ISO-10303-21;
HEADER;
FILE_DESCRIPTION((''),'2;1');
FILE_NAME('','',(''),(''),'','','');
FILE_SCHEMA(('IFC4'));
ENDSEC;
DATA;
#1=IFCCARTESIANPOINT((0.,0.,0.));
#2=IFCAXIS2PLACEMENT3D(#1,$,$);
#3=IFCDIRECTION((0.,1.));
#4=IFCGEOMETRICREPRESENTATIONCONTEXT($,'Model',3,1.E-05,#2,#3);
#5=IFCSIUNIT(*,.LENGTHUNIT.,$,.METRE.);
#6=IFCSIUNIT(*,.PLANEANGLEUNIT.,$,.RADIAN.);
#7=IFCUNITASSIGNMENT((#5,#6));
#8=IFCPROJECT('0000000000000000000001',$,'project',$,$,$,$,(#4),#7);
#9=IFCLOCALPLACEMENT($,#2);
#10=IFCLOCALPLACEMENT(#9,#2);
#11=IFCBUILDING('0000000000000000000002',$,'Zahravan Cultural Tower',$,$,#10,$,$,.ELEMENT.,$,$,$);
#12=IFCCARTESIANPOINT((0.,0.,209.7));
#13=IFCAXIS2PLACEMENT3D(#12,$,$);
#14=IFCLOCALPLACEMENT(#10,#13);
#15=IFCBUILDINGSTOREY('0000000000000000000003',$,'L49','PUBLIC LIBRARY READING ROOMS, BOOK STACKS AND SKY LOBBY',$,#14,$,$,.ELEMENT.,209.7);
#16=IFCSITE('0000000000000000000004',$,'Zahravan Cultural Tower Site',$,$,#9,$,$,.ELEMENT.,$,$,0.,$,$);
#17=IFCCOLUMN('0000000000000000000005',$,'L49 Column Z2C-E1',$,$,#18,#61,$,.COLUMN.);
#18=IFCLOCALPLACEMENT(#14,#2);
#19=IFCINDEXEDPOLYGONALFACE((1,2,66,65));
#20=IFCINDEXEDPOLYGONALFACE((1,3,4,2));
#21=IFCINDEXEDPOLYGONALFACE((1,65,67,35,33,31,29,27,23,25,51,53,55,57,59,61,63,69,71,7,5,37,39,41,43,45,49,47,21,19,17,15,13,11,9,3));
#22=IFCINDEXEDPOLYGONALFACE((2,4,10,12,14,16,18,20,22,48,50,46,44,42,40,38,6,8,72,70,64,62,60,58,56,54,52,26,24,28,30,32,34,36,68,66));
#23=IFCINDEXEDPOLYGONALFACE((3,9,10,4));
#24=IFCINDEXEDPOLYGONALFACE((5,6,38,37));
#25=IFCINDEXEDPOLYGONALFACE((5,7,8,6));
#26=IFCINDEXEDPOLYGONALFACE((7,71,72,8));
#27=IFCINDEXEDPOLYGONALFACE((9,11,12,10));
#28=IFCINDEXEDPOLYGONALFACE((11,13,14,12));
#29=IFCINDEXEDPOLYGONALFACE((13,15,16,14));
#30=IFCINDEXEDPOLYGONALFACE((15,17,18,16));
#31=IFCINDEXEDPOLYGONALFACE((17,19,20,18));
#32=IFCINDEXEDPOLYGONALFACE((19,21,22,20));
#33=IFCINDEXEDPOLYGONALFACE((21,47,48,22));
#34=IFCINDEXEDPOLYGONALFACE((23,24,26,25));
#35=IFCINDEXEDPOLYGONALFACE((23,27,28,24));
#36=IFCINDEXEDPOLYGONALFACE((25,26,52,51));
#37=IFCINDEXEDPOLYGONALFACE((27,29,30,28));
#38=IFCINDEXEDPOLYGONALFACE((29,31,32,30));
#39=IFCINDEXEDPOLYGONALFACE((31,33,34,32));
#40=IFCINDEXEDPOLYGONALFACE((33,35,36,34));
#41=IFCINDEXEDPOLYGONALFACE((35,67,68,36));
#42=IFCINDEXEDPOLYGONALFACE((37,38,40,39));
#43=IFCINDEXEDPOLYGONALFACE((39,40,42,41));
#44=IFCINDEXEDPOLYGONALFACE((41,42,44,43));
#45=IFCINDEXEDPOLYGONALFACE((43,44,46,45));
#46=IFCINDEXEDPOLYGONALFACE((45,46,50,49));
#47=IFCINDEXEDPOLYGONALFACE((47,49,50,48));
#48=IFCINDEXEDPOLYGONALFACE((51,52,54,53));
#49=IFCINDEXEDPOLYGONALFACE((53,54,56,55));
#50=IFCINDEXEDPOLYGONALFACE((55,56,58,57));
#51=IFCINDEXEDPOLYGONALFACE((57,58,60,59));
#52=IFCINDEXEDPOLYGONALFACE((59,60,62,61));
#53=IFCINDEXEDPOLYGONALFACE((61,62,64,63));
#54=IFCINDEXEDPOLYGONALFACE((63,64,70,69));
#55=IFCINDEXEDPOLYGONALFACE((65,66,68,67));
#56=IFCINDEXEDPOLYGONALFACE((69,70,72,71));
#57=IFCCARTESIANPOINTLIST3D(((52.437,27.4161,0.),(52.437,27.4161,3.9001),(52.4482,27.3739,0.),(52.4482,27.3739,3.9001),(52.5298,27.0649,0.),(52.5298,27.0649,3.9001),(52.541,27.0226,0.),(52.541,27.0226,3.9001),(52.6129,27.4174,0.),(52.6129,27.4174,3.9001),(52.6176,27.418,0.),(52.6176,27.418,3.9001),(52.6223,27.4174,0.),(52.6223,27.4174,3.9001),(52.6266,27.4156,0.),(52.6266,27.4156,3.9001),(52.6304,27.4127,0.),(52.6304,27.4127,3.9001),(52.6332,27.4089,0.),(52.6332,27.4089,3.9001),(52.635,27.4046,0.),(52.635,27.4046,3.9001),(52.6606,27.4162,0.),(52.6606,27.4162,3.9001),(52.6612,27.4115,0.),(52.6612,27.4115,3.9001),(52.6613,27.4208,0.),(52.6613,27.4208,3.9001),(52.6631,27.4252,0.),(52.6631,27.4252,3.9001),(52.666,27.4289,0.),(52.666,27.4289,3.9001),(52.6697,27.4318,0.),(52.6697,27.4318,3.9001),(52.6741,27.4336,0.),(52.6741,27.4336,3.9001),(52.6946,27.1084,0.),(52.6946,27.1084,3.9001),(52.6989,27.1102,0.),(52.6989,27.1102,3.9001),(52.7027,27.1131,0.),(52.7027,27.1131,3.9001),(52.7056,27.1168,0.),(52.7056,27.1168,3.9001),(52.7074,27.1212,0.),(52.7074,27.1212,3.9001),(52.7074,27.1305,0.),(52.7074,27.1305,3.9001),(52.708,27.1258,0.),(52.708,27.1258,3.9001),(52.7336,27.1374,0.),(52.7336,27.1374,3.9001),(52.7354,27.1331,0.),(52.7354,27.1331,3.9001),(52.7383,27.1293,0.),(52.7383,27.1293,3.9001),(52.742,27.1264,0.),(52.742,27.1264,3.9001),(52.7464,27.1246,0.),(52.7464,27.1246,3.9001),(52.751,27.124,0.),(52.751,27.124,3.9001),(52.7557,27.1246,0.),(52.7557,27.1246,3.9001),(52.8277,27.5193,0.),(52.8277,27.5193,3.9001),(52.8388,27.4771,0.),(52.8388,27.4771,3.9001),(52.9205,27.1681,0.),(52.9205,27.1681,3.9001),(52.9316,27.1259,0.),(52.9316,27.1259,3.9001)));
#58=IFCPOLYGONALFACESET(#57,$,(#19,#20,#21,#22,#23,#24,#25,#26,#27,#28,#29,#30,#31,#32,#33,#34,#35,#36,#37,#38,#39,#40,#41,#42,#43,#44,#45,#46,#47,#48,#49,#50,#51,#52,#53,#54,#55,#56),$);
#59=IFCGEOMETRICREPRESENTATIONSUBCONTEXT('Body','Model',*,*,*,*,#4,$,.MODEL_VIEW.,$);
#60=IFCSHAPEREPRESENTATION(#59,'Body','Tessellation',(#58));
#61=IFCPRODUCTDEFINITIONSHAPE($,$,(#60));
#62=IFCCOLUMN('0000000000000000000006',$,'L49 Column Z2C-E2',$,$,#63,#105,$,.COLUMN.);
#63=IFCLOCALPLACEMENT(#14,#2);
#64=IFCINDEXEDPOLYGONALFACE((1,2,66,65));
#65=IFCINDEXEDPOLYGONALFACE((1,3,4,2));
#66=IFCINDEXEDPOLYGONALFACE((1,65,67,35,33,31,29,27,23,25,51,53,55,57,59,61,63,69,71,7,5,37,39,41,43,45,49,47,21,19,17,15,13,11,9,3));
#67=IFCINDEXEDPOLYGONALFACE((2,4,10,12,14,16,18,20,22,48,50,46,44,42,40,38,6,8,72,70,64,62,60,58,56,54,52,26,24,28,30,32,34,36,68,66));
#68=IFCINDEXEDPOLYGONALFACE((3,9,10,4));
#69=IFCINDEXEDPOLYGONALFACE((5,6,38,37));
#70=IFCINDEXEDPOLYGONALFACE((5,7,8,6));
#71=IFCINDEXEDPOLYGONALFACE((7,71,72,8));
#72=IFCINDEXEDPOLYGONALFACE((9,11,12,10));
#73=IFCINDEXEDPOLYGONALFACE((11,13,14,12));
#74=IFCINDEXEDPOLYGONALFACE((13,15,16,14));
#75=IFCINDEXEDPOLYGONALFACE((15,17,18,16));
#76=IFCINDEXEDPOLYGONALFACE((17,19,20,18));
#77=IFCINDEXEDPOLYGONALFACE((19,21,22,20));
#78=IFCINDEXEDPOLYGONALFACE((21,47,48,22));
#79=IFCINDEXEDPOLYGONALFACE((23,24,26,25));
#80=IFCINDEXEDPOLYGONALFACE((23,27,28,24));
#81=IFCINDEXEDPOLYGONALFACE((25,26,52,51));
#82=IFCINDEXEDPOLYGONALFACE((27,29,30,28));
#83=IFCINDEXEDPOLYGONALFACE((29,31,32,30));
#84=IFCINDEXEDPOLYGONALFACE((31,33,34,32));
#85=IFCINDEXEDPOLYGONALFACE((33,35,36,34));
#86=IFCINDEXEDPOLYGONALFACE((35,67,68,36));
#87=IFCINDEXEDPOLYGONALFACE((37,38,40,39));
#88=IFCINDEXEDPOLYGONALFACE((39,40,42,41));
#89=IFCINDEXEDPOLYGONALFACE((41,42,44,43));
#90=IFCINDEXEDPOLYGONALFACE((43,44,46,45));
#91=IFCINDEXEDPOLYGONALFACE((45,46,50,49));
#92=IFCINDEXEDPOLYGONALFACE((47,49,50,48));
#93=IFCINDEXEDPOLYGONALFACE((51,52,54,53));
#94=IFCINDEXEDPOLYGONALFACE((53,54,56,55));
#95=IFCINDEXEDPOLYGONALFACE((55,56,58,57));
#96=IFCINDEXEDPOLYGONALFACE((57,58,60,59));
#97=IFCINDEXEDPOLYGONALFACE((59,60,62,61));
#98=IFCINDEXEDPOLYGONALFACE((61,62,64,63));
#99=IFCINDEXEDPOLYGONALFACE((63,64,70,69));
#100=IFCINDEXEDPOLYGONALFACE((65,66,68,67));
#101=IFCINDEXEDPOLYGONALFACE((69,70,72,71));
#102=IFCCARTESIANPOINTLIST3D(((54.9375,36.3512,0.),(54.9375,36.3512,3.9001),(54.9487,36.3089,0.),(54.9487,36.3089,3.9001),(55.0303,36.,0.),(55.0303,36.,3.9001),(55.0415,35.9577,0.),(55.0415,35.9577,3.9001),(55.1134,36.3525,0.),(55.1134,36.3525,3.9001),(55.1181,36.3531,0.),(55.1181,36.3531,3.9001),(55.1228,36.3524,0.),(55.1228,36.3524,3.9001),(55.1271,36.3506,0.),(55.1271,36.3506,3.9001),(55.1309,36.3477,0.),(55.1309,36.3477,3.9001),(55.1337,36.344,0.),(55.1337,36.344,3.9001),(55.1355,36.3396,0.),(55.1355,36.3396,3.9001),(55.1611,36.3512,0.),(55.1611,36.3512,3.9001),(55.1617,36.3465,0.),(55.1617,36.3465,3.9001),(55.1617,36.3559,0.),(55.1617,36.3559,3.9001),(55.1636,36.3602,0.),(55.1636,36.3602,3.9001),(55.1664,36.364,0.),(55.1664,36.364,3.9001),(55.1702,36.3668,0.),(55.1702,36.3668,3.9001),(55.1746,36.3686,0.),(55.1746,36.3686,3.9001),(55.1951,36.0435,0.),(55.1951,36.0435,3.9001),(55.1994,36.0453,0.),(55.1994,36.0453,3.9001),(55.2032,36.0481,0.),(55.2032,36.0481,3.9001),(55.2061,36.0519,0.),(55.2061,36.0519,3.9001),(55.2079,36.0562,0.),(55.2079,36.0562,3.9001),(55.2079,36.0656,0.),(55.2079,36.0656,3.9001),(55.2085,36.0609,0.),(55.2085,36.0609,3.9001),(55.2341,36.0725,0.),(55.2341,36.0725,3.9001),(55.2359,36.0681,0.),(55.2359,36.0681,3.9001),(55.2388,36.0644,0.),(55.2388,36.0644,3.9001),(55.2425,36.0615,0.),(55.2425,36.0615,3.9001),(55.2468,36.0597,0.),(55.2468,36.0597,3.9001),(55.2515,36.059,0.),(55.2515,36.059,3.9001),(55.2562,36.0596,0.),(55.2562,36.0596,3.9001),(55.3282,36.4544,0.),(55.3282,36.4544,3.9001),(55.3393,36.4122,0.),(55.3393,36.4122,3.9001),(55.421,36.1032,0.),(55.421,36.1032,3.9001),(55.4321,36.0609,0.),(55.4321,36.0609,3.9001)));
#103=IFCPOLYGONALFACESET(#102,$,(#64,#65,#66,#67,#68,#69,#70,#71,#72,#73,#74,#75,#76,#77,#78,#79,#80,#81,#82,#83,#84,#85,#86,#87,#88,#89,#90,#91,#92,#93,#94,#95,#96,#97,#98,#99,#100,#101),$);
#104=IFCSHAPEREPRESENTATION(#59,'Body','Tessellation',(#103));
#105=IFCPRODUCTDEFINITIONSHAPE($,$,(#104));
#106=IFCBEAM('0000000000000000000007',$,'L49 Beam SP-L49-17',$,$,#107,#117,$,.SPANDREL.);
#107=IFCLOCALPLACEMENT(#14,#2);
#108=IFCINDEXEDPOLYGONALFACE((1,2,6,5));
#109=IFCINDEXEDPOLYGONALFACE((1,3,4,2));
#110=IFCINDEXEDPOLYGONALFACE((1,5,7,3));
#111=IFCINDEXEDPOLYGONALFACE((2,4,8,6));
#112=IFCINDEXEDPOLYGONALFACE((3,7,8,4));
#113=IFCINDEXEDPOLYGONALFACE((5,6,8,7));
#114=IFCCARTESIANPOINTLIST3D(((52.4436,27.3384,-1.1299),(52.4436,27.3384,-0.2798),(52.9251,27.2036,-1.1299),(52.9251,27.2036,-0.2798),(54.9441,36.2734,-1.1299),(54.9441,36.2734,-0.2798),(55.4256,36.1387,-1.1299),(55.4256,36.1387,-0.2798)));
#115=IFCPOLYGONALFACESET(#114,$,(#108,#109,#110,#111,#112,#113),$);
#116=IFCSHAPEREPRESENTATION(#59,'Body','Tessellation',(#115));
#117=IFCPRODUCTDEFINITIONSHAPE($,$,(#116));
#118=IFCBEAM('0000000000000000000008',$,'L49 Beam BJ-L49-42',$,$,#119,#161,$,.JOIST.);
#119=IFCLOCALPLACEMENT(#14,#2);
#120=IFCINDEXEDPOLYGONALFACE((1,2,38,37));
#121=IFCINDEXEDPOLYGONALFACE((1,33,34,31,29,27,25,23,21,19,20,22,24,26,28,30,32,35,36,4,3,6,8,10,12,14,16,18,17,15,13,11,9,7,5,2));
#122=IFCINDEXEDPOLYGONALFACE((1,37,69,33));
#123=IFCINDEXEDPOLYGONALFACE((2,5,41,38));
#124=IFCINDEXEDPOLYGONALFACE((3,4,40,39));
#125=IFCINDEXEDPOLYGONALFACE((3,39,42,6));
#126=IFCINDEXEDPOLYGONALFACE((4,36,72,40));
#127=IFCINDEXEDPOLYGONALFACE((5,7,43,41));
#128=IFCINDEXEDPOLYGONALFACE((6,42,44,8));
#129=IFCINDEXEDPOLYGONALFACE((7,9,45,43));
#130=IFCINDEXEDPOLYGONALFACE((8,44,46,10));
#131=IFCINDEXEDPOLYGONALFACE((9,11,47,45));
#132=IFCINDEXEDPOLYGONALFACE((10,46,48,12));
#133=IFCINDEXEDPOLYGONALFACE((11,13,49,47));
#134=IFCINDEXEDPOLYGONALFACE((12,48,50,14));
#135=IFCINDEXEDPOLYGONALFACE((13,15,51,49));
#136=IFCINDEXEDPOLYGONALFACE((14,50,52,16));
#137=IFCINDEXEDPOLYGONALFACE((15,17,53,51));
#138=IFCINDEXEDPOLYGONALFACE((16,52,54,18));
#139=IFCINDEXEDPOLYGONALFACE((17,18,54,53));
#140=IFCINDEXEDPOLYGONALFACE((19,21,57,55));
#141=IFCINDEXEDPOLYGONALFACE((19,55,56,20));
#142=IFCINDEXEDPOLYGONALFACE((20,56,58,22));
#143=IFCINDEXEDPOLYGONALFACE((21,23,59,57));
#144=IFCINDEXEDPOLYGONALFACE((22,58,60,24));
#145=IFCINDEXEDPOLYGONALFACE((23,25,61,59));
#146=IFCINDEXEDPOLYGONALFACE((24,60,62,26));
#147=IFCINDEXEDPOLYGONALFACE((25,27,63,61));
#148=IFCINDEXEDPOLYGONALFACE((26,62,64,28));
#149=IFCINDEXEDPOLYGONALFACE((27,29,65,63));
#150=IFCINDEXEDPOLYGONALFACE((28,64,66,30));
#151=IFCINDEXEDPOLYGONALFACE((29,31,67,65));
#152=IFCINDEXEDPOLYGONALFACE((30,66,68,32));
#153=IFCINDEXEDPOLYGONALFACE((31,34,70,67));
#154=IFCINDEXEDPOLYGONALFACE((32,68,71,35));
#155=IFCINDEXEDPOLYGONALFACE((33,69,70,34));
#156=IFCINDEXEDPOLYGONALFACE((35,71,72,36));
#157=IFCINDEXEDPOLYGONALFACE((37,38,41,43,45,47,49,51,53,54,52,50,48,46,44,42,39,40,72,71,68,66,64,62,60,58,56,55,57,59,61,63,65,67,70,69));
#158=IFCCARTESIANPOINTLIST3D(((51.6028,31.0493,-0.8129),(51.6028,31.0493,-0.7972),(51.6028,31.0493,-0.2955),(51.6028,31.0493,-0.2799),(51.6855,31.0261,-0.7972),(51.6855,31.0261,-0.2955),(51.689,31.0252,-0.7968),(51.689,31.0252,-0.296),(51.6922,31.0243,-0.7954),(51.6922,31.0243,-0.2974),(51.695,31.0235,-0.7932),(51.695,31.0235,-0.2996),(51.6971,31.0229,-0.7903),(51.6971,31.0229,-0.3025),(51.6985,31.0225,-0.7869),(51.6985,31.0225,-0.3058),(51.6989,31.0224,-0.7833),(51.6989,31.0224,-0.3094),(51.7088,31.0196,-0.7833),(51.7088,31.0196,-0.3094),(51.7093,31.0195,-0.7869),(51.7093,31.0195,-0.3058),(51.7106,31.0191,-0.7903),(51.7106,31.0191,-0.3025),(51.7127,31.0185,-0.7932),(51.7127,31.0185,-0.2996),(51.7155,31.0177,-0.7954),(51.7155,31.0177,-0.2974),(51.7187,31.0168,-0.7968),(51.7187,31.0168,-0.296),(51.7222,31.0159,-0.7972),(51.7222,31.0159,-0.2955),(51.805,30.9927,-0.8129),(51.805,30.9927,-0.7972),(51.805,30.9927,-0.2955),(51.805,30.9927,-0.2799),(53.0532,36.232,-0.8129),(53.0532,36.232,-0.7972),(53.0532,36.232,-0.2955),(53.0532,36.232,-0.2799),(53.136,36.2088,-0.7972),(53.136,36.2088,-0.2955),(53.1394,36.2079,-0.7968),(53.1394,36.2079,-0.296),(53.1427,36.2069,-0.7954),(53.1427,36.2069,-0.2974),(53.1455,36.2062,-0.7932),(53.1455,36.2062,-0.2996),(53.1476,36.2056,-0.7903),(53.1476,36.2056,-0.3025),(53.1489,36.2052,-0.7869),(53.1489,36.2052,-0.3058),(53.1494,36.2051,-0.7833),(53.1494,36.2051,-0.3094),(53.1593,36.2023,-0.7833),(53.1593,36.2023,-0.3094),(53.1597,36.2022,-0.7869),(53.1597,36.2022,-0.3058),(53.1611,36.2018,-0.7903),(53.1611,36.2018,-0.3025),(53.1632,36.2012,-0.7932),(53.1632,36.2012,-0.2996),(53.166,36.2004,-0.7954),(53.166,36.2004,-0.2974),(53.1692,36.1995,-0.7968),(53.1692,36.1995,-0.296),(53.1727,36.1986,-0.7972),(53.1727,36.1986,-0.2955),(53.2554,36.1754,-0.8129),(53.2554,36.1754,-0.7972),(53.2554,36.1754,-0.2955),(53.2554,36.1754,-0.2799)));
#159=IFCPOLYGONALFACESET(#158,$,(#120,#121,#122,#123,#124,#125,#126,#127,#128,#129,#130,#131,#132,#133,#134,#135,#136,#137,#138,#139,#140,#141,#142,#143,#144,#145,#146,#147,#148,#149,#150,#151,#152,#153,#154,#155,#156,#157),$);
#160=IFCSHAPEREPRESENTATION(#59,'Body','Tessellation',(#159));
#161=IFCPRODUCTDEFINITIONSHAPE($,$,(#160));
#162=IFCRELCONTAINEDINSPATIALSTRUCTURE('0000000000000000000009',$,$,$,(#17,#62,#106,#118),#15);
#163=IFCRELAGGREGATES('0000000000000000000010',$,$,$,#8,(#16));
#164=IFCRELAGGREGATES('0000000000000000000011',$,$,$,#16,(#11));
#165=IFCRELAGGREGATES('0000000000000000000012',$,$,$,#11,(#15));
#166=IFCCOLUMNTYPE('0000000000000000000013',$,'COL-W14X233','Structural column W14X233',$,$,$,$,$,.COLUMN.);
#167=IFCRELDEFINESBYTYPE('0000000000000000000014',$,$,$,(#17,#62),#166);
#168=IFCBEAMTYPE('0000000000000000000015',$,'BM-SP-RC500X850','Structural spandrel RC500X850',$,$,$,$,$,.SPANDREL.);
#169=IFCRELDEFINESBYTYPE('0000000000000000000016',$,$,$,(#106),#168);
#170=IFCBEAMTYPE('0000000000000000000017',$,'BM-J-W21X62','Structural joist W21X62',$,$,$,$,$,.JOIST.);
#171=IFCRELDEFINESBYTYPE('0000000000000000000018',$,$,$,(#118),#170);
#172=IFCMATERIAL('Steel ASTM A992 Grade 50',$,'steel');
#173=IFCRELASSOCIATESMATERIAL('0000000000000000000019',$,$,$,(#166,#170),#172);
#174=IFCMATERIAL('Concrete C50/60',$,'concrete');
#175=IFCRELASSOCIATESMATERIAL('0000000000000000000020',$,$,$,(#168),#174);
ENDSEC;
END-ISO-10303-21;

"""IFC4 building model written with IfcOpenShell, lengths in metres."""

from ifc_helpers import new_model, si_unit, direction, frame, origin, origin_2d, place, context, subcontext, project, spatial, rectangle, i_section, extrude, source, transform, mapped, material, material_profile, profile_set, type_object, element, save


model = new_model("IFC4")

# Units and contexts
model_context = context("Model", 3, precision=1e-05, world=origin(), true_north=direction((0.0, 1.0)))
body_context = subcontext(model_context, "Body", "Model", "MODEL_VIEW")
ifc_project = project(units=[si_unit("LENGTHUNIT", "METRE"), si_unit("PLANEANGLEUNIT", "RADIAN")], contexts=[model_context])

# Site, building, storey
site_placement = place(None, origin())
site = spatial("IfcSite", under=ifc_project, at=site_placement, Name="Zahravan Cultural Tower Site", CompositionType="ELEMENT", RefElevation=0.0)
building_placement = place(site_placement, origin())
building = spatial("IfcBuilding", under=site, at=building_placement, Name="Zahravan Cultural Tower", CompositionType="ELEMENT")
storey_placement = place(building_placement, frame((0.0, 0.0, 209.7)))
storey = spatial("IfcBuildingStorey", under=building, at=storey_placement, Name="L49", Description="PUBLIC LIBRARY READING ROOMS, BOOK STACKS AND SKY LOBBY", CompositionType="ELEMENT", Elevation=209.7)

# Columns
ifc_material_1 = material(Name="Steel ASTM A992 Grade 50", Category="steel")
ifc_material_profile_1 = material_profile(ifc_material_1, i_section(OverallWidth=0.4041, OverallDepth=0.407, WebThickness=0.0271, FlangeThickness=0.0437, FilletRadius=0.0181, at=origin_2d()), Name="W14X233")
ifc_profile_set_1 = profile_set([ifc_material_profile_1], Name="Steel ASTM A992 Grade 50")
column_type = type_object("IfcColumnType", Name="COL-W14X233", Description="Structural column W14X233", PredefinedType="COLUMN", material=ifc_profile_set_1)
shared_shape_1 = source(origin(), body_context, "Body", "SweptSolid", [
    extrude(i_section(OverallWidth=0.4041, OverallDepth=0.407, WebThickness=0.0271, FlangeThickness=0.0437, FilletRadius=0.0181, at=origin_2d()), origin(), (0.0, 0.0, 1.0), 3.9001),
])
for number, where, z_axis, x_axis, name in (
    (1, (52.6843, 27.271, 0.0), (0.0, 0.0, 1.0), (0.966823, 0.255446, 0.0), "L49 Column Z2C-E1"),
    (2, (55.1848, 36.2061, 0.0), (0.0, 0.0, 1.0), (0.966823, 0.255446, 0.0), "L49 Column Z2C-E2"),
):
    element("IfcColumn", number, at=place(storey_placement, frame(where, z_axis=z_axis, x_axis=x_axis)), inside=storey, type_object=column_type, Name=name, PredefinedType="COLUMN", context=body_context, shape_type="MappedRepresentation", body=[
        mapped(shared_shape_1, transform((0.0, 0.0, 0.0), x_axis=(1.0, 0.0, 0.0), y_axis=(0.0, 1.0, 0.0), z_axis=(0.0, 0.0, 1.0), scale=1.0)),
    ])

# Beams
ifc_material_2 = material(Name="Concrete C50/60", Category="concrete")
ifc_material_profile_2 = material_profile(ifc_material_2, rectangle(XDim=0.5, YDim=0.8501, at=origin_2d()), Name="RC500X850")
ifc_profile_set_2 = profile_set([ifc_material_profile_2], Name="Concrete C50/60")
beam_type_1 = type_object("IfcBeamType", Name="BM-SP-RC500X850", Description="Structural spandrel RC500X850", PredefinedType="SPANDREL", material=ifc_profile_set_2)
shared_shape_2 = source(origin(), body_context, "Body", "SweptSolid", [
    extrude(rectangle(XDim=0.5, YDim=0.8501, at=origin_2d()), origin(), (0.0, 0.0, 1.0), 9.2783),
])
beam_1_placement = place(storey_placement, frame((52.6843, 27.271, -0.7048), z_axis=(0.269497, 0.963001, 0.0), x_axis=(-0.963001, 0.269497, 0.0)))
element("IfcBeam", 3, at=beam_1_placement, inside=storey, type_object=beam_type_1, Name="L49 Beam SP-L49-17", PredefinedType="SPANDREL", context=body_context, shape_type="MappedRepresentation", body=[
    mapped(shared_shape_2, transform((0.0, 0.0, 0.0), x_axis=(1.0, 0.0, 0.0), y_axis=(0.0, 1.0, 0.0), z_axis=(0.0, 0.0, 1.0), scale=1.0)),
])
ifc_material_profile_3 = material_profile(ifc_material_1, i_section(OverallWidth=0.21, OverallDepth=0.533, WebThickness=0.0103, FlangeThickness=0.0156, FilletRadius=0.0139, at=origin_2d()), Name="W21X62")
ifc_profile_set_3 = profile_set([ifc_material_profile_3], Name="Steel ASTM A992 Grade 50")
beam_type_2 = type_object("IfcBeamType", Name="BM-J-W21X62", Description="Structural joist W21X62", PredefinedType="JOIST", material=ifc_profile_set_3)
shared_shape_3 = source(origin(), body_context, "Body", "SweptSolid", [
    extrude(i_section(OverallWidth=0.21, OverallDepth=0.533, WebThickness=0.0103, FlangeThickness=0.0156, FilletRadius=0.0139, at=origin_2d()), origin(), (0.0, 0.0, 1.0), 5.3818),
])
beam_2_placement = place(storey_placement, frame((51.7039, 31.021, -0.5464), z_axis=(0.26951, 0.962997, 0.0), x_axis=(-0.962997, 0.26951, 0.0)))
element("IfcBeam", 4, at=beam_2_placement, inside=storey, type_object=beam_type_2, Name="L49 Beam BJ-L49-42", PredefinedType="JOIST", context=body_context, shape_type="MappedRepresentation", body=[
    mapped(shared_shape_3, transform((0.0, 0.0, 0.0), x_axis=(1.0, 0.0, 0.0), y_axis=(0.0, 1.0, 0.0), z_axis=(0.0, 0.0, 1.0), scale=1.0)),
])

save(model, "model.ifc")
